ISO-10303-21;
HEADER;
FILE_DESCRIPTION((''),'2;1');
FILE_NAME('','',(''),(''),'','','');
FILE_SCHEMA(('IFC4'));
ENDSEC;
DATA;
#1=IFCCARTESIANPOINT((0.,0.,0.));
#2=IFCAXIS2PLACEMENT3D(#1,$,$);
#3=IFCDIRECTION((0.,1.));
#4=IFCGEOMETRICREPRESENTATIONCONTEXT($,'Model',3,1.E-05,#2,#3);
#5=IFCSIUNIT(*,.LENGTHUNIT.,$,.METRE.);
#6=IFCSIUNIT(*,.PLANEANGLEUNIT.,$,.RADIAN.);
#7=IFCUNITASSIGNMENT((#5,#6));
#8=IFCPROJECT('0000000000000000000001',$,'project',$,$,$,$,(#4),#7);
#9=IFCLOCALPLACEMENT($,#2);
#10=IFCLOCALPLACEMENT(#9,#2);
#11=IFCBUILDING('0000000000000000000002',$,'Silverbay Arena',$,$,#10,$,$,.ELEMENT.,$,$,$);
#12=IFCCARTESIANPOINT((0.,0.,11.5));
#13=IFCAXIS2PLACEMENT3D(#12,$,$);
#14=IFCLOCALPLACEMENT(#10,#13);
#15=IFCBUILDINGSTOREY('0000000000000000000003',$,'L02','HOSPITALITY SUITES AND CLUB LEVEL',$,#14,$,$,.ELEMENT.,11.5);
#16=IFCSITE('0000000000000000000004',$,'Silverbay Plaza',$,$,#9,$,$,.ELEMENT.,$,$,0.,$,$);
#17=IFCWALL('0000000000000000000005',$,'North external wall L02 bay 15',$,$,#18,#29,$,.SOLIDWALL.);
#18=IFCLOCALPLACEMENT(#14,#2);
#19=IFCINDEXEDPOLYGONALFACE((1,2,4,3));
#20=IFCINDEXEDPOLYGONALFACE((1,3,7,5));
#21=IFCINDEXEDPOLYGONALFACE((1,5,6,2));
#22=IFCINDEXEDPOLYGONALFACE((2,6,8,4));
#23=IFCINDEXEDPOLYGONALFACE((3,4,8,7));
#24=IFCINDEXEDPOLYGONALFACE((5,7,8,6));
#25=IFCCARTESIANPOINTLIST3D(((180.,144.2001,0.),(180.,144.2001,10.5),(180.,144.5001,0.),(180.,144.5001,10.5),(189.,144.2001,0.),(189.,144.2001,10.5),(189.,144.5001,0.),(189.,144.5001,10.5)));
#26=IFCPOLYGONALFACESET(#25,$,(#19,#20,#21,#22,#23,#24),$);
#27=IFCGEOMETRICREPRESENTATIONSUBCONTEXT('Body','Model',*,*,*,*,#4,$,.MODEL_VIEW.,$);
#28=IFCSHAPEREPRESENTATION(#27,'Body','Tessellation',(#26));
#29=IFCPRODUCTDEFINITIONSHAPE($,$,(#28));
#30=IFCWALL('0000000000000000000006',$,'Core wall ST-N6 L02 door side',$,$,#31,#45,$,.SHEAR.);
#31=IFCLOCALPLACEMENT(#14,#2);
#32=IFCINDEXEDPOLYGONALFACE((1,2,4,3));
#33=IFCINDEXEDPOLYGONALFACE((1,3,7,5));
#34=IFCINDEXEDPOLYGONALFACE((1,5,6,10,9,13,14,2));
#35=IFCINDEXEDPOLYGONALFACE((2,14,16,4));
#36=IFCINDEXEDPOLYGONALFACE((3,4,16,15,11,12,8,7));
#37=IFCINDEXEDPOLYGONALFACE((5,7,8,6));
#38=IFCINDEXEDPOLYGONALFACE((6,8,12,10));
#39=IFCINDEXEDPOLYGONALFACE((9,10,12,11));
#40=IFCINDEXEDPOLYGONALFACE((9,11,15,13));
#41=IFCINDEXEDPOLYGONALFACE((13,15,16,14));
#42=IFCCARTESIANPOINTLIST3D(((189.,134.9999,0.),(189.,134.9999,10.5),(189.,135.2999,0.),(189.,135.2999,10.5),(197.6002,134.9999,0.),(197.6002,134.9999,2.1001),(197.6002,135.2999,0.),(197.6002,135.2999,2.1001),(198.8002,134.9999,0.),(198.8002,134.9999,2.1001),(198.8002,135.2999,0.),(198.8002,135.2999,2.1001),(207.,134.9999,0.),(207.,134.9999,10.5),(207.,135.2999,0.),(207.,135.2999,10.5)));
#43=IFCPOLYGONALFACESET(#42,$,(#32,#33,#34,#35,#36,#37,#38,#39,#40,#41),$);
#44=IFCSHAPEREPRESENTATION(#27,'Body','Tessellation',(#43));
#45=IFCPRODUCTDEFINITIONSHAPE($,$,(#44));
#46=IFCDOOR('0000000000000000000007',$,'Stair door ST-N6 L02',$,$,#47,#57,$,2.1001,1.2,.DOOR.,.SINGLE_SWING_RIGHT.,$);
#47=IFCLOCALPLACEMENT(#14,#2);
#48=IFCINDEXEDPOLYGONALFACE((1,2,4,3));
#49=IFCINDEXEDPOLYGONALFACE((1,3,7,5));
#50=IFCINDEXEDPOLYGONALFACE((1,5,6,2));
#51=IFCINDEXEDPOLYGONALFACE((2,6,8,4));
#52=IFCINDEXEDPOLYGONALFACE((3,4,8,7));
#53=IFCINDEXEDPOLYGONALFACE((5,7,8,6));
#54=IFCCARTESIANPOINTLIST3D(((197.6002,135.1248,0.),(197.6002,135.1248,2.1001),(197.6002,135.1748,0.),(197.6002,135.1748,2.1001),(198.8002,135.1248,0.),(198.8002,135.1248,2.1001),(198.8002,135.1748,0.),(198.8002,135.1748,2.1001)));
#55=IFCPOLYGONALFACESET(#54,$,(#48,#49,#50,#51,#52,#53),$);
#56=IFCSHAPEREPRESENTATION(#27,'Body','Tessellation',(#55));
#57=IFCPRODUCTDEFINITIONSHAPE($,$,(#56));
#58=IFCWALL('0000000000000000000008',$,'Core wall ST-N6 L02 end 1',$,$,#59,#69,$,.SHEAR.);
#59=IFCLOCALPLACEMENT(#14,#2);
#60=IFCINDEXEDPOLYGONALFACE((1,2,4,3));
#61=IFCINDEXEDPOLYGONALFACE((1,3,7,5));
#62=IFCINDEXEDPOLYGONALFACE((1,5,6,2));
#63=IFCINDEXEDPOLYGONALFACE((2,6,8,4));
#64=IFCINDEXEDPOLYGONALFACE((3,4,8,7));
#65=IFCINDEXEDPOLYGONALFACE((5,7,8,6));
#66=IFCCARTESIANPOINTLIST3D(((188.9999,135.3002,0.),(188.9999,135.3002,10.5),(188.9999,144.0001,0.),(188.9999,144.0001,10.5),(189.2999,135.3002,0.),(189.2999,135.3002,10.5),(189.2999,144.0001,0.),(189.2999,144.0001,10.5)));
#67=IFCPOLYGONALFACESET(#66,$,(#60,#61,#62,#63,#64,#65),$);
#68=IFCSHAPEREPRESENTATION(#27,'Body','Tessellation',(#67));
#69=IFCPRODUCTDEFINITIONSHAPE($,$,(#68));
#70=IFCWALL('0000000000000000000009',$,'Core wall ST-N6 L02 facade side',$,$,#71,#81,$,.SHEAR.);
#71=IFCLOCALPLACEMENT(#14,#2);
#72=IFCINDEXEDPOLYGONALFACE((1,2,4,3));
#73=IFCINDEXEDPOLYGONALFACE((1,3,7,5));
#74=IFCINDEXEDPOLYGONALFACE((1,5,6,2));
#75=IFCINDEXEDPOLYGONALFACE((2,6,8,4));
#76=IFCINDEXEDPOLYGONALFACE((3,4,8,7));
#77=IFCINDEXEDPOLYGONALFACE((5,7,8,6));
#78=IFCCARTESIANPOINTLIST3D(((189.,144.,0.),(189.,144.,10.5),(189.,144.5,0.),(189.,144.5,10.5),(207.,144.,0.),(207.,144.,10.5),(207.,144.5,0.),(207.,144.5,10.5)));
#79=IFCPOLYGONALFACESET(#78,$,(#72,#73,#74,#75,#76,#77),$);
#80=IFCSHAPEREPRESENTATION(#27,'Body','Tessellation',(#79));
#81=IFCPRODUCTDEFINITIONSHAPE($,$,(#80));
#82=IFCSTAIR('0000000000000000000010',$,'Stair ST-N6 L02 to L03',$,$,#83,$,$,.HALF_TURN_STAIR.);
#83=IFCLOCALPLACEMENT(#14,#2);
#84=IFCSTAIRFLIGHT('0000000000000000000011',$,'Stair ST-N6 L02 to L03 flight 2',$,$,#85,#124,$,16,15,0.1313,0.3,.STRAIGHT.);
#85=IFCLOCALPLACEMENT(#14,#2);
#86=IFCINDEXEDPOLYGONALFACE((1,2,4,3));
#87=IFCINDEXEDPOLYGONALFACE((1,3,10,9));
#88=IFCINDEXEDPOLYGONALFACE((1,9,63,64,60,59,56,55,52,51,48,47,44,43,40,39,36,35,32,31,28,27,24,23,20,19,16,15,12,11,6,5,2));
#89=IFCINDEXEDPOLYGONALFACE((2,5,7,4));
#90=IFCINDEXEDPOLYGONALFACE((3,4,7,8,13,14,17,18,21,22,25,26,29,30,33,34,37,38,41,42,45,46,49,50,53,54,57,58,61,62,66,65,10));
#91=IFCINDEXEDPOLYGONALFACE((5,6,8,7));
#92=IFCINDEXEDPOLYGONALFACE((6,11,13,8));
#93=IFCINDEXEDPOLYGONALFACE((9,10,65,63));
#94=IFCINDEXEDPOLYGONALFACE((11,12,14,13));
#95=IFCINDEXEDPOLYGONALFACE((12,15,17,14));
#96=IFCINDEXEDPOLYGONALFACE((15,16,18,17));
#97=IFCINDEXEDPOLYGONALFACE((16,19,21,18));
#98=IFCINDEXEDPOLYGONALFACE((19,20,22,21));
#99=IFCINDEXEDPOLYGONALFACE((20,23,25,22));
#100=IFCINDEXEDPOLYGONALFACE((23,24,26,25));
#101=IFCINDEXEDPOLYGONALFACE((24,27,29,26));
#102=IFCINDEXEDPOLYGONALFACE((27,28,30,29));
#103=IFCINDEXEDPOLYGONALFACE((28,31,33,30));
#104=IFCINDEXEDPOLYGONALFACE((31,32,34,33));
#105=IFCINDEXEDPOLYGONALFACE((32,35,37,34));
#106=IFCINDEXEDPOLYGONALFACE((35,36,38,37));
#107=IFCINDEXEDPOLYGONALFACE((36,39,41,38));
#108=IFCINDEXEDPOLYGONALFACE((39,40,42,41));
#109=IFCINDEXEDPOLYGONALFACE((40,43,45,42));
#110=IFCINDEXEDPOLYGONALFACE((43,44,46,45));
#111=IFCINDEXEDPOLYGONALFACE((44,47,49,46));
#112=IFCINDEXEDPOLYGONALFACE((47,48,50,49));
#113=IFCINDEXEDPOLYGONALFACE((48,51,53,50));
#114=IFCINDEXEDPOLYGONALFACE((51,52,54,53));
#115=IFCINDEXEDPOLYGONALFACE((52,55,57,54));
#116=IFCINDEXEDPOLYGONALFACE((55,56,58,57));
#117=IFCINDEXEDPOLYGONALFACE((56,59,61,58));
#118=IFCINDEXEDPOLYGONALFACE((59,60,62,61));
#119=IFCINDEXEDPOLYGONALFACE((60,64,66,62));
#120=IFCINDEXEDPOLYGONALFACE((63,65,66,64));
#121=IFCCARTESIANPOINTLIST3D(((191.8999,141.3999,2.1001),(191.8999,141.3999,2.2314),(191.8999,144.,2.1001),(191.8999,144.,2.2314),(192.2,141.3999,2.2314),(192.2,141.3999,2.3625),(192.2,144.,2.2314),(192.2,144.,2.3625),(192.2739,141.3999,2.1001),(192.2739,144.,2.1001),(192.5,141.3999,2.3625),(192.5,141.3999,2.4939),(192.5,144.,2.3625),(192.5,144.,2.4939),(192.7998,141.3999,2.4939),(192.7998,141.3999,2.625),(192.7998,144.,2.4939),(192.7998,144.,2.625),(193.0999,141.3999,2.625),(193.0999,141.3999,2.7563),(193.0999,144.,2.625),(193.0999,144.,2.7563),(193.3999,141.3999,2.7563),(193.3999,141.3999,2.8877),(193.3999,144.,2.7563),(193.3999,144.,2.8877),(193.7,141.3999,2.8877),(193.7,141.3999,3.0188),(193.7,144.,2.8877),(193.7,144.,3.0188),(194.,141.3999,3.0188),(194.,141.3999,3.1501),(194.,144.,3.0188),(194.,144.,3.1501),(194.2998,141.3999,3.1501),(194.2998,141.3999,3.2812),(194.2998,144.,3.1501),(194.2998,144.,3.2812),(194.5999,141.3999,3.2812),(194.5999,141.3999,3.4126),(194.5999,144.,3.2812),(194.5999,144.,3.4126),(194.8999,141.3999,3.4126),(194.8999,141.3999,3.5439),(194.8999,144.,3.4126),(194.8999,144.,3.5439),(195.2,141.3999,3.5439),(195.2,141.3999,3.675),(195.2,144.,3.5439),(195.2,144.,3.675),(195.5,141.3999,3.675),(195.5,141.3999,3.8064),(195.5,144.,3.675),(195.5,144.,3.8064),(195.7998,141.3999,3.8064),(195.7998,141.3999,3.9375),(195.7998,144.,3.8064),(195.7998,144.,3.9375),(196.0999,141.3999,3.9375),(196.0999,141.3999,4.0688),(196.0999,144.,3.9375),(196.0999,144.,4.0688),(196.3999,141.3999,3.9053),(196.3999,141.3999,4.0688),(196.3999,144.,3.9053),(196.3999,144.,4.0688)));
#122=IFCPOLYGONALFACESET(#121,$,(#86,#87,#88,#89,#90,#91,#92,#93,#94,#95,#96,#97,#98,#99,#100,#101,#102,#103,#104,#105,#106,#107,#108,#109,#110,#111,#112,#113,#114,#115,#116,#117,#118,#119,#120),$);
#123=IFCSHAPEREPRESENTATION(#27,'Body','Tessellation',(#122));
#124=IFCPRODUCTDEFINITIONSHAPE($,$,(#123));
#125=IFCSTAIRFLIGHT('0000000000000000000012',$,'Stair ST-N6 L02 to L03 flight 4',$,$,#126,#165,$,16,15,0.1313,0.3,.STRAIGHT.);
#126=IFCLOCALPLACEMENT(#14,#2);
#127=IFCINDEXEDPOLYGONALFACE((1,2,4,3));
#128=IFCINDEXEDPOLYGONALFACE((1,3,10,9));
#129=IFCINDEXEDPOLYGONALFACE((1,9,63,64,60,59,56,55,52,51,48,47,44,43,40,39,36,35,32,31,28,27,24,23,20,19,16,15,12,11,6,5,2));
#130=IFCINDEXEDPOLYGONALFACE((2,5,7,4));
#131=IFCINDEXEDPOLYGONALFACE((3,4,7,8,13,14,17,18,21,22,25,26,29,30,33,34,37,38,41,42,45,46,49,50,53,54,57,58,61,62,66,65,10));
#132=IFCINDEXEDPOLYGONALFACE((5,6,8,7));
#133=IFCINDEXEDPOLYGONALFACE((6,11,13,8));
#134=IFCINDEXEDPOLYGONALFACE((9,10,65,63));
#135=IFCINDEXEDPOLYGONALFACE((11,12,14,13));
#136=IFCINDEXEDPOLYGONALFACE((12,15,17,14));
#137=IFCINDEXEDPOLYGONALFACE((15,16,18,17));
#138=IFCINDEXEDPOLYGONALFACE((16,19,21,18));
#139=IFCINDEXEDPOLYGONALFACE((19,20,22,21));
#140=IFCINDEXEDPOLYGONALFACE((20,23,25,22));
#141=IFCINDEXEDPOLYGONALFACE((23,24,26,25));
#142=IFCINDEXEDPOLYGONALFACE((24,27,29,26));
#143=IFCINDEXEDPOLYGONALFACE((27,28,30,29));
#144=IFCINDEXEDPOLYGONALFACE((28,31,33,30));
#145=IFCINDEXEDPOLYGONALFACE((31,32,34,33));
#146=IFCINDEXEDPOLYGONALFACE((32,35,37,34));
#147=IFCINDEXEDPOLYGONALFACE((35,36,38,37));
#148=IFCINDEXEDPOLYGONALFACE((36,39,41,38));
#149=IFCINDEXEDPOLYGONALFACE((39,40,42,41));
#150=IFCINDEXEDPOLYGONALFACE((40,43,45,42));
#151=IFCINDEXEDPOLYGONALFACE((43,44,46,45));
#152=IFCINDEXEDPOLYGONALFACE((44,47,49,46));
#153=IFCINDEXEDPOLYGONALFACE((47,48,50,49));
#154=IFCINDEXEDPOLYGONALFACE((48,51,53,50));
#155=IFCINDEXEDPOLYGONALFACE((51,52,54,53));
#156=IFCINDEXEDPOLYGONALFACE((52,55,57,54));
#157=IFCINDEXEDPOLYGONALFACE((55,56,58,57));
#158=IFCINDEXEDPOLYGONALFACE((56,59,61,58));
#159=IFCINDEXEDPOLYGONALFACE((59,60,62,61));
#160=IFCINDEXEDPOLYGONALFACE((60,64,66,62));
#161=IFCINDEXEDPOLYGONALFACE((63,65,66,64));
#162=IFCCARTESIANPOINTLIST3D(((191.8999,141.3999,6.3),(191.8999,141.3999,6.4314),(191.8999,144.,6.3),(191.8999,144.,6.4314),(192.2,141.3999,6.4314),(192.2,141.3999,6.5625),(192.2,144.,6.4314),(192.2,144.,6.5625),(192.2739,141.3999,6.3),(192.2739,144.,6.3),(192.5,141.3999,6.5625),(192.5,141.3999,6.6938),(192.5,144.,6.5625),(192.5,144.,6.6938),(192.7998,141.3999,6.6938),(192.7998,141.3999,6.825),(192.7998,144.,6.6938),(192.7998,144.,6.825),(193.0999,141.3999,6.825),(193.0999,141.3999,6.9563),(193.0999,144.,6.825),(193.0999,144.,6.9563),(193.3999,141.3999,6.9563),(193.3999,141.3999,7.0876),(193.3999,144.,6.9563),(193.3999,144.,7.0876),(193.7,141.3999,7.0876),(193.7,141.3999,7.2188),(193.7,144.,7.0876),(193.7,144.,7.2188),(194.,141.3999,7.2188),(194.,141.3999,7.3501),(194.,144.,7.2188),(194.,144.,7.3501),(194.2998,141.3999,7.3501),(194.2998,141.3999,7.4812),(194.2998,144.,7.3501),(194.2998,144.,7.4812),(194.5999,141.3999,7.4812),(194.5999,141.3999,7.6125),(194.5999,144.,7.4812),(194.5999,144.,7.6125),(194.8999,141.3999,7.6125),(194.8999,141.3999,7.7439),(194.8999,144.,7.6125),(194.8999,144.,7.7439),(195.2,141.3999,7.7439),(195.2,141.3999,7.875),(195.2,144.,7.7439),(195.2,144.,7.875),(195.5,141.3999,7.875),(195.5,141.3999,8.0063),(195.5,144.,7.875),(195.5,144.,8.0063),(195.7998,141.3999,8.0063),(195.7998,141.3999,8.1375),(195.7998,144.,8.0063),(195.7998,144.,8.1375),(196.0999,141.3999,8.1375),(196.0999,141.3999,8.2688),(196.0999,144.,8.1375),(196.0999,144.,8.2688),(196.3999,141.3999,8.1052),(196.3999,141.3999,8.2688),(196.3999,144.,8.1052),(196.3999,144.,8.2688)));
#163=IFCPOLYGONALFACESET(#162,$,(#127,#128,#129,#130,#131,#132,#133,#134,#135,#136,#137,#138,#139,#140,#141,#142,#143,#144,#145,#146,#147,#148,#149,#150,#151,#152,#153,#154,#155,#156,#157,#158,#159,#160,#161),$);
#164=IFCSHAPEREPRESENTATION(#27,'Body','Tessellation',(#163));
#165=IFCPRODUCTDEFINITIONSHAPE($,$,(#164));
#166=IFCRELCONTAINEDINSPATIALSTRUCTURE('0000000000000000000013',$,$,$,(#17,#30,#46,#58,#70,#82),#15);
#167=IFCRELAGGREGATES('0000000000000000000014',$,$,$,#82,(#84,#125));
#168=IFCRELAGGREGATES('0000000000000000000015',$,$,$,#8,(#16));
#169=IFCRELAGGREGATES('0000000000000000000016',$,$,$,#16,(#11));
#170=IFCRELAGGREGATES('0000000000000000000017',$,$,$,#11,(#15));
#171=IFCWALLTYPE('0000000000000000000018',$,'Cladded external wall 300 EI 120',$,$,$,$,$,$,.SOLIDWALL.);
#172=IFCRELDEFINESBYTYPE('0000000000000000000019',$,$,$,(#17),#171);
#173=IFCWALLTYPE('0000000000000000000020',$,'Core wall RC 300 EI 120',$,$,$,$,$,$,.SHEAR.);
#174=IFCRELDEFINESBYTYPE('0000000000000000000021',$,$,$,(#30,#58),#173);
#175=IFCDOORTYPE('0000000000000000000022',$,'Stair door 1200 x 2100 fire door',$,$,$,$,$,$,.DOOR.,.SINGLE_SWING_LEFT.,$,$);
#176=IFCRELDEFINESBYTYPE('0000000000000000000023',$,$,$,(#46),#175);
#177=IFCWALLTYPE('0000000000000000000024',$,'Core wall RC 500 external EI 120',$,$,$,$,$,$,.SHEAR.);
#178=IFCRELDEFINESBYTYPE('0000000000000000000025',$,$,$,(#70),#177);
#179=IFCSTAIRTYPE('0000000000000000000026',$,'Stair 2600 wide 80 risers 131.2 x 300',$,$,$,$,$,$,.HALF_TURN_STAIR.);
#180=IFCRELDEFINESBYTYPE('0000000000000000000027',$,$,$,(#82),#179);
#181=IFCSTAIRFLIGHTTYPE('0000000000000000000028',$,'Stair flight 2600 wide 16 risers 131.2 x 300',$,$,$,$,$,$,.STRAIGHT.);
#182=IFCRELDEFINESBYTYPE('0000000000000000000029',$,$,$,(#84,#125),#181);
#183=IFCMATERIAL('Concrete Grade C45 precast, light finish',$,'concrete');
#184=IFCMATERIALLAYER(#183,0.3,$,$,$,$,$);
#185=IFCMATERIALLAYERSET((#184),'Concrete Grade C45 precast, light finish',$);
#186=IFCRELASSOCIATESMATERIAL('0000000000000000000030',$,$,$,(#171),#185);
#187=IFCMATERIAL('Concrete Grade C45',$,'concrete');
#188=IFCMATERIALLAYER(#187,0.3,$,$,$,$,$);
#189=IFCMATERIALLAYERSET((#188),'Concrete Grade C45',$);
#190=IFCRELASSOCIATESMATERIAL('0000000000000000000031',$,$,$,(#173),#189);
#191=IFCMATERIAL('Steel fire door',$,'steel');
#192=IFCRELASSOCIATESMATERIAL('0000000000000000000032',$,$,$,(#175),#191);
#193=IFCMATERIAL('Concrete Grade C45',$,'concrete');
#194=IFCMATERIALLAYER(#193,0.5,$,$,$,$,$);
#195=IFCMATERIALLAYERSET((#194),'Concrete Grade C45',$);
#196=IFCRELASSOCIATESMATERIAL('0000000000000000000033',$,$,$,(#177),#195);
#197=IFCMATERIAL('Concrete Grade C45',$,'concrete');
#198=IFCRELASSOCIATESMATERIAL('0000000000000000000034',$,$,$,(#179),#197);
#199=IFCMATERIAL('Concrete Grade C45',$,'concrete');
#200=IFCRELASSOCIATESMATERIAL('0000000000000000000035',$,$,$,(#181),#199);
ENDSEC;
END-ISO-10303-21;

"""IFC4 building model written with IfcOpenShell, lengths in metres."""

from ifc_helpers import new_model, si_unit, direction, frame, frame_2d, origin, place, context, subcontext, project, spatial, polyline, rectangle, outline, extrude, material, layer, layer_set, type_object, element, fill, aggregate, save


model = new_model("IFC4")

# Units and contexts
model_context = context("Model", 3, precision=1e-05, world=origin(), true_north=direction((0.0, 1.0)))
body_context = subcontext(model_context, "Body", "Model", "MODEL_VIEW")
ifc_project = project(units=[si_unit("LENGTHUNIT", "METRE"), si_unit("PLANEANGLEUNIT", "RADIAN")], contexts=[model_context])

# Site, building, storey
site_placement = place(None, origin())
site = spatial("IfcSite", under=ifc_project, at=site_placement, Name="Silverbay Plaza", CompositionType="ELEMENT", RefElevation=0.0)
building_placement = place(site_placement, origin())
building = spatial("IfcBuilding", under=site, at=building_placement, Name="Silverbay Arena", CompositionType="ELEMENT")
storey_placement = place(building_placement, frame((0.0, 0.0, 11.5)))
storey = spatial("IfcBuildingStorey", under=building, at=storey_placement, Name="L02", Description="HOSPITALITY SUITES AND CLUB LEVEL", CompositionType="ELEMENT", Elevation=11.5)

# Wall
ifc_material_1 = material(Name="Concrete Grade C45 precast, light finish", Category="concrete")
ifc_layer_1 = layer(ifc_material_1, 0.3)
ifc_layer_set_1 = layer_set([ifc_layer_1], Name="Concrete Grade C45 precast, light finish")
wall_type_1 = type_object("IfcWallType", Name="Cladded external wall 300 EI 120", PredefinedType="SOLIDWALL", material=ifc_layer_set_1)
wall_1_placement = place(storey_placement, frame((189.0, 144.3501, 0.0), z_axis=(0.0, 0.0, 1.0), x_axis=(-1.0, 0.0, 0.0)))
element("IfcWall", 1, at=wall_1_placement, inside=storey, type_object=wall_type_1, Name="North external wall L02 bay 15", PredefinedType="SOLIDWALL", context=body_context, shape_type="SweptSolid", body=[
    extrude(rectangle(XDim=9.0, YDim=0.3, at=frame_2d((4.5, 0.0))), origin(), (0.0, 0.0, 1.0), 10.5),
])

# Wall, opening, door
ifc_material_2 = material(Name="Concrete Grade C45", Category="concrete")
ifc_layer_2 = layer(ifc_material_2, 0.3)
ifc_layer_set_2 = layer_set([ifc_layer_2], Name="Concrete Grade C45")
wall_type_2 = type_object("IfcWallType", Name="Core wall RC 300 EI 120", PredefinedType="SHEAR", material=ifc_layer_set_2)
wall_2_placement = place(storey_placement, frame((189.0, 135.1499, 0.0), z_axis=(0.0, 0.0, 1.0), x_axis=(1.0, 0.0, 0.0)))
wall_2 = element("IfcWall", 2, at=wall_2_placement, inside=storey, type_object=wall_type_2, Name="Core wall ST-N6 L02 door side", PredefinedType="SHEAR", context=body_context, shape_type="SweptSolid", body=[
    extrude(rectangle(XDim=18.0, YDim=0.3, at=frame_2d((9.0, 0.0))), origin(), (0.0, 0.0, 1.0), 10.5),
])
opening_placement = place(wall_2_placement, frame((8.6001, 0.0, 0.0)))
opening = element("IfcOpeningElement", 3, at=opening_placement, cuts=wall_2, PredefinedType="OPENING", context=body_context, shape_type="SweptSolid", body=[
    extrude(rectangle(XDim=1.2, YDim=2.1001, at=frame_2d((0.6001, 1.05))), frame((0.0, 0.1602, 0.0), z_axis=(0.0, -1.0, 0.0), x_axis=(1.0, 0.0, 0.0)), (0.0, 0.0, 1.0), 0.3201),
])
ifc_material_3 = material(Name="Steel fire door", Category="steel")
door_type = type_object("IfcDoorType", Name="Stair door 1200 x 2100 fire door", OperationType="SINGLE_SWING_LEFT", PredefinedType="DOOR", material=ifc_material_3)
door_placement = place(opening_placement, origin())
door = element("IfcDoor", 4, at=door_placement, inside=storey, type_object=door_type, Name="Stair door ST-N6 L02", OperationType="SINGLE_SWING_RIGHT", OverallHeight=2.1001, OverallWidth=1.2, PredefinedType="DOOR", context=body_context, shape_type="SweptSolid", body=[
    extrude(rectangle(XDim=1.2, YDim=2.1001, at=frame_2d((0.6001, 1.05))), frame((0.0, 0.0249, 0.0), z_axis=(0.0, -1.0, 0.0), x_axis=(1.0, 0.0, 0.0)), (0.0, 0.0, 1.0), 0.05),
])
fill(opening, door)

# Walls
wall_3_placement = place(storey_placement, frame((189.1499, 135.3, 0.0), z_axis=(0.0, 0.0, 1.0), x_axis=(0.0, 1.0, 0.0)))
element("IfcWall", 5, at=wall_3_placement, inside=storey, type_object=wall_type_2, Name="Core wall ST-N6 L02 end 1", PredefinedType="SHEAR", context=body_context, shape_type="SweptSolid", body=[
    extrude(rectangle(XDim=8.7, YDim=0.3, at=frame_2d((4.3501, 0.0))), origin(), (0.0, 0.0, 1.0), 10.5),
])
ifc_material_4 = material(Name="Concrete Grade C45", Category="concrete")
ifc_layer_3 = layer(ifc_material_4, 0.5)
ifc_layer_set_3 = layer_set([ifc_layer_3], Name="Concrete Grade C45")
wall_type_3 = type_object("IfcWallType", Name="Core wall RC 500 external EI 120", PredefinedType="SHEAR", material=ifc_layer_set_3)
wall_4_placement = place(storey_placement, frame((189.0, 144.25, 0.0), z_axis=(0.0, 0.0, 1.0), x_axis=(1.0, 0.0, 0.0)))
element("IfcWall", 6, at=wall_4_placement, inside=storey, type_object=wall_type_3, Name="Core wall ST-N6 L02 facade side", PredefinedType="SHEAR", context=body_context, shape_type="SweptSolid", body=[
    extrude(rectangle(XDim=18.0, YDim=0.5, at=frame_2d((9.0, 0.0))), origin(), (0.0, 0.0, 1.0), 10.5),
])

# Stair, stair flights
ifc_material_5 = material(Name="Concrete Grade C45", Category="concrete")
stair_type = type_object("IfcStairType", Name="Stair 2600 wide 80 risers 131.2 x 300", PredefinedType="HALF_TURN_STAIR", material=ifc_material_5)
stair_placement = place(storey_placement, origin())
stair = element("IfcStair", 7, at=stair_placement, inside=storey, type_object=stair_type, Name="Stair ST-N6 L02 to L03", PredefinedType="HALF_TURN_STAIR")
ifc_material_6 = material(Name="Concrete Grade C45", Category="concrete")
stair_flight_type = type_object("IfcStairFlightType", Name="Stair flight 2600 wide 16 risers 131.2 x 300", PredefinedType="STRAIGHT", material=ifc_material_6)
stair_flight_1_placement = place(storey_placement, frame((191.8999, 142.7, 2.1001), z_axis=(0.0, 0.0, 1.0), x_axis=(1.0, 0.0, 0.0)))
stair_flight_1 = element("IfcStairFlight", 8, at=stair_flight_1_placement, type_object=stair_flight_type, Name="Stair ST-N6 L02 to L03 flight 2", NumberOfRisers=16, NumberOfTreads=15, PredefinedType="STRAIGHT", RiserHeight=0.1313, TreadLength=0.3, context=body_context, shape_type="SweptSolid", body=[
    extrude(outline(polyline([(0.0, 0.0), (0.0, 0.1313), (0.3, 0.1313), (0.3, 0.2625), (0.6001, 0.2625), (0.6001, 0.3938), (0.8999, 0.3938), (0.8999, 0.5249), (1.2, 0.5249), (1.2, 0.6562), (1.5, 0.6562), (1.5, 0.7876), (1.8, 0.7876), (1.8, 0.9187), (2.1001, 0.9187), (2.1001, 1.05), (2.3999, 1.05), (2.3999, 1.1812), (2.7, 1.1812), (2.7, 1.3125), (3.0, 1.3125), (3.0, 1.4438), (3.3, 1.4438), (3.3, 1.575), (3.6001, 1.575), (3.6001, 1.7063), (3.8999, 1.7063), (3.8999, 1.8374), (4.2, 1.8374), (4.2, 1.9688), (4.5, 1.9688), (4.5, 1.8052), (0.374, 0.0), (0.0, 0.0)])), frame((0.0, 1.3, 0.0), z_axis=(0.0, -1.0, 0.0), x_axis=(1.0, 0.0, 0.0)), (0.0, 0.0, 1.0), 2.6001),
])
stair_flight_2_placement = place(storey_placement, frame((191.8999, 142.7, 6.3), z_axis=(0.0, 0.0, 1.0), x_axis=(1.0, 0.0, 0.0)))
stair_flight_2 = element("IfcStairFlight", 9, at=stair_flight_2_placement, type_object=stair_flight_type, Name="Stair ST-N6 L02 to L03 flight 4", NumberOfRisers=16, NumberOfTreads=15, PredefinedType="STRAIGHT", RiserHeight=0.1313, TreadLength=0.3, context=body_context, shape_type="SweptSolid", body=[
    extrude(outline(polyline([(0.0, 0.0), (0.0, 0.1313), (0.3, 0.1313), (0.3, 0.2625), (0.6001, 0.2625), (0.6001, 0.3938), (0.8999, 0.3938), (0.8999, 0.5249), (1.2, 0.5249), (1.2, 0.6562), (1.5, 0.6562), (1.5, 0.7876), (1.8, 0.7876), (1.8, 0.9187), (2.1001, 0.9187), (2.1001, 1.05), (2.3999, 1.05), (2.3999, 1.1812), (2.7, 1.1812), (2.7, 1.3125), (3.0, 1.3125), (3.0, 1.4438), (3.3, 1.4438), (3.3, 1.575), (3.6001, 1.575), (3.6001, 1.7063), (3.8999, 1.7063), (3.8999, 1.8374), (4.2, 1.8374), (4.2, 1.9688), (4.5, 1.9688), (4.5, 1.8052), (0.374, 0.0), (0.0, 0.0)])), frame((0.0, 1.3, 0.0), z_axis=(0.0, -1.0, 0.0), x_axis=(1.0, 0.0, 0.0)), (0.0, 0.0, 1.0), 2.6001),
])
aggregate(stair, [stair_flight_1, stair_flight_2])

save(model, "model.ifc")
